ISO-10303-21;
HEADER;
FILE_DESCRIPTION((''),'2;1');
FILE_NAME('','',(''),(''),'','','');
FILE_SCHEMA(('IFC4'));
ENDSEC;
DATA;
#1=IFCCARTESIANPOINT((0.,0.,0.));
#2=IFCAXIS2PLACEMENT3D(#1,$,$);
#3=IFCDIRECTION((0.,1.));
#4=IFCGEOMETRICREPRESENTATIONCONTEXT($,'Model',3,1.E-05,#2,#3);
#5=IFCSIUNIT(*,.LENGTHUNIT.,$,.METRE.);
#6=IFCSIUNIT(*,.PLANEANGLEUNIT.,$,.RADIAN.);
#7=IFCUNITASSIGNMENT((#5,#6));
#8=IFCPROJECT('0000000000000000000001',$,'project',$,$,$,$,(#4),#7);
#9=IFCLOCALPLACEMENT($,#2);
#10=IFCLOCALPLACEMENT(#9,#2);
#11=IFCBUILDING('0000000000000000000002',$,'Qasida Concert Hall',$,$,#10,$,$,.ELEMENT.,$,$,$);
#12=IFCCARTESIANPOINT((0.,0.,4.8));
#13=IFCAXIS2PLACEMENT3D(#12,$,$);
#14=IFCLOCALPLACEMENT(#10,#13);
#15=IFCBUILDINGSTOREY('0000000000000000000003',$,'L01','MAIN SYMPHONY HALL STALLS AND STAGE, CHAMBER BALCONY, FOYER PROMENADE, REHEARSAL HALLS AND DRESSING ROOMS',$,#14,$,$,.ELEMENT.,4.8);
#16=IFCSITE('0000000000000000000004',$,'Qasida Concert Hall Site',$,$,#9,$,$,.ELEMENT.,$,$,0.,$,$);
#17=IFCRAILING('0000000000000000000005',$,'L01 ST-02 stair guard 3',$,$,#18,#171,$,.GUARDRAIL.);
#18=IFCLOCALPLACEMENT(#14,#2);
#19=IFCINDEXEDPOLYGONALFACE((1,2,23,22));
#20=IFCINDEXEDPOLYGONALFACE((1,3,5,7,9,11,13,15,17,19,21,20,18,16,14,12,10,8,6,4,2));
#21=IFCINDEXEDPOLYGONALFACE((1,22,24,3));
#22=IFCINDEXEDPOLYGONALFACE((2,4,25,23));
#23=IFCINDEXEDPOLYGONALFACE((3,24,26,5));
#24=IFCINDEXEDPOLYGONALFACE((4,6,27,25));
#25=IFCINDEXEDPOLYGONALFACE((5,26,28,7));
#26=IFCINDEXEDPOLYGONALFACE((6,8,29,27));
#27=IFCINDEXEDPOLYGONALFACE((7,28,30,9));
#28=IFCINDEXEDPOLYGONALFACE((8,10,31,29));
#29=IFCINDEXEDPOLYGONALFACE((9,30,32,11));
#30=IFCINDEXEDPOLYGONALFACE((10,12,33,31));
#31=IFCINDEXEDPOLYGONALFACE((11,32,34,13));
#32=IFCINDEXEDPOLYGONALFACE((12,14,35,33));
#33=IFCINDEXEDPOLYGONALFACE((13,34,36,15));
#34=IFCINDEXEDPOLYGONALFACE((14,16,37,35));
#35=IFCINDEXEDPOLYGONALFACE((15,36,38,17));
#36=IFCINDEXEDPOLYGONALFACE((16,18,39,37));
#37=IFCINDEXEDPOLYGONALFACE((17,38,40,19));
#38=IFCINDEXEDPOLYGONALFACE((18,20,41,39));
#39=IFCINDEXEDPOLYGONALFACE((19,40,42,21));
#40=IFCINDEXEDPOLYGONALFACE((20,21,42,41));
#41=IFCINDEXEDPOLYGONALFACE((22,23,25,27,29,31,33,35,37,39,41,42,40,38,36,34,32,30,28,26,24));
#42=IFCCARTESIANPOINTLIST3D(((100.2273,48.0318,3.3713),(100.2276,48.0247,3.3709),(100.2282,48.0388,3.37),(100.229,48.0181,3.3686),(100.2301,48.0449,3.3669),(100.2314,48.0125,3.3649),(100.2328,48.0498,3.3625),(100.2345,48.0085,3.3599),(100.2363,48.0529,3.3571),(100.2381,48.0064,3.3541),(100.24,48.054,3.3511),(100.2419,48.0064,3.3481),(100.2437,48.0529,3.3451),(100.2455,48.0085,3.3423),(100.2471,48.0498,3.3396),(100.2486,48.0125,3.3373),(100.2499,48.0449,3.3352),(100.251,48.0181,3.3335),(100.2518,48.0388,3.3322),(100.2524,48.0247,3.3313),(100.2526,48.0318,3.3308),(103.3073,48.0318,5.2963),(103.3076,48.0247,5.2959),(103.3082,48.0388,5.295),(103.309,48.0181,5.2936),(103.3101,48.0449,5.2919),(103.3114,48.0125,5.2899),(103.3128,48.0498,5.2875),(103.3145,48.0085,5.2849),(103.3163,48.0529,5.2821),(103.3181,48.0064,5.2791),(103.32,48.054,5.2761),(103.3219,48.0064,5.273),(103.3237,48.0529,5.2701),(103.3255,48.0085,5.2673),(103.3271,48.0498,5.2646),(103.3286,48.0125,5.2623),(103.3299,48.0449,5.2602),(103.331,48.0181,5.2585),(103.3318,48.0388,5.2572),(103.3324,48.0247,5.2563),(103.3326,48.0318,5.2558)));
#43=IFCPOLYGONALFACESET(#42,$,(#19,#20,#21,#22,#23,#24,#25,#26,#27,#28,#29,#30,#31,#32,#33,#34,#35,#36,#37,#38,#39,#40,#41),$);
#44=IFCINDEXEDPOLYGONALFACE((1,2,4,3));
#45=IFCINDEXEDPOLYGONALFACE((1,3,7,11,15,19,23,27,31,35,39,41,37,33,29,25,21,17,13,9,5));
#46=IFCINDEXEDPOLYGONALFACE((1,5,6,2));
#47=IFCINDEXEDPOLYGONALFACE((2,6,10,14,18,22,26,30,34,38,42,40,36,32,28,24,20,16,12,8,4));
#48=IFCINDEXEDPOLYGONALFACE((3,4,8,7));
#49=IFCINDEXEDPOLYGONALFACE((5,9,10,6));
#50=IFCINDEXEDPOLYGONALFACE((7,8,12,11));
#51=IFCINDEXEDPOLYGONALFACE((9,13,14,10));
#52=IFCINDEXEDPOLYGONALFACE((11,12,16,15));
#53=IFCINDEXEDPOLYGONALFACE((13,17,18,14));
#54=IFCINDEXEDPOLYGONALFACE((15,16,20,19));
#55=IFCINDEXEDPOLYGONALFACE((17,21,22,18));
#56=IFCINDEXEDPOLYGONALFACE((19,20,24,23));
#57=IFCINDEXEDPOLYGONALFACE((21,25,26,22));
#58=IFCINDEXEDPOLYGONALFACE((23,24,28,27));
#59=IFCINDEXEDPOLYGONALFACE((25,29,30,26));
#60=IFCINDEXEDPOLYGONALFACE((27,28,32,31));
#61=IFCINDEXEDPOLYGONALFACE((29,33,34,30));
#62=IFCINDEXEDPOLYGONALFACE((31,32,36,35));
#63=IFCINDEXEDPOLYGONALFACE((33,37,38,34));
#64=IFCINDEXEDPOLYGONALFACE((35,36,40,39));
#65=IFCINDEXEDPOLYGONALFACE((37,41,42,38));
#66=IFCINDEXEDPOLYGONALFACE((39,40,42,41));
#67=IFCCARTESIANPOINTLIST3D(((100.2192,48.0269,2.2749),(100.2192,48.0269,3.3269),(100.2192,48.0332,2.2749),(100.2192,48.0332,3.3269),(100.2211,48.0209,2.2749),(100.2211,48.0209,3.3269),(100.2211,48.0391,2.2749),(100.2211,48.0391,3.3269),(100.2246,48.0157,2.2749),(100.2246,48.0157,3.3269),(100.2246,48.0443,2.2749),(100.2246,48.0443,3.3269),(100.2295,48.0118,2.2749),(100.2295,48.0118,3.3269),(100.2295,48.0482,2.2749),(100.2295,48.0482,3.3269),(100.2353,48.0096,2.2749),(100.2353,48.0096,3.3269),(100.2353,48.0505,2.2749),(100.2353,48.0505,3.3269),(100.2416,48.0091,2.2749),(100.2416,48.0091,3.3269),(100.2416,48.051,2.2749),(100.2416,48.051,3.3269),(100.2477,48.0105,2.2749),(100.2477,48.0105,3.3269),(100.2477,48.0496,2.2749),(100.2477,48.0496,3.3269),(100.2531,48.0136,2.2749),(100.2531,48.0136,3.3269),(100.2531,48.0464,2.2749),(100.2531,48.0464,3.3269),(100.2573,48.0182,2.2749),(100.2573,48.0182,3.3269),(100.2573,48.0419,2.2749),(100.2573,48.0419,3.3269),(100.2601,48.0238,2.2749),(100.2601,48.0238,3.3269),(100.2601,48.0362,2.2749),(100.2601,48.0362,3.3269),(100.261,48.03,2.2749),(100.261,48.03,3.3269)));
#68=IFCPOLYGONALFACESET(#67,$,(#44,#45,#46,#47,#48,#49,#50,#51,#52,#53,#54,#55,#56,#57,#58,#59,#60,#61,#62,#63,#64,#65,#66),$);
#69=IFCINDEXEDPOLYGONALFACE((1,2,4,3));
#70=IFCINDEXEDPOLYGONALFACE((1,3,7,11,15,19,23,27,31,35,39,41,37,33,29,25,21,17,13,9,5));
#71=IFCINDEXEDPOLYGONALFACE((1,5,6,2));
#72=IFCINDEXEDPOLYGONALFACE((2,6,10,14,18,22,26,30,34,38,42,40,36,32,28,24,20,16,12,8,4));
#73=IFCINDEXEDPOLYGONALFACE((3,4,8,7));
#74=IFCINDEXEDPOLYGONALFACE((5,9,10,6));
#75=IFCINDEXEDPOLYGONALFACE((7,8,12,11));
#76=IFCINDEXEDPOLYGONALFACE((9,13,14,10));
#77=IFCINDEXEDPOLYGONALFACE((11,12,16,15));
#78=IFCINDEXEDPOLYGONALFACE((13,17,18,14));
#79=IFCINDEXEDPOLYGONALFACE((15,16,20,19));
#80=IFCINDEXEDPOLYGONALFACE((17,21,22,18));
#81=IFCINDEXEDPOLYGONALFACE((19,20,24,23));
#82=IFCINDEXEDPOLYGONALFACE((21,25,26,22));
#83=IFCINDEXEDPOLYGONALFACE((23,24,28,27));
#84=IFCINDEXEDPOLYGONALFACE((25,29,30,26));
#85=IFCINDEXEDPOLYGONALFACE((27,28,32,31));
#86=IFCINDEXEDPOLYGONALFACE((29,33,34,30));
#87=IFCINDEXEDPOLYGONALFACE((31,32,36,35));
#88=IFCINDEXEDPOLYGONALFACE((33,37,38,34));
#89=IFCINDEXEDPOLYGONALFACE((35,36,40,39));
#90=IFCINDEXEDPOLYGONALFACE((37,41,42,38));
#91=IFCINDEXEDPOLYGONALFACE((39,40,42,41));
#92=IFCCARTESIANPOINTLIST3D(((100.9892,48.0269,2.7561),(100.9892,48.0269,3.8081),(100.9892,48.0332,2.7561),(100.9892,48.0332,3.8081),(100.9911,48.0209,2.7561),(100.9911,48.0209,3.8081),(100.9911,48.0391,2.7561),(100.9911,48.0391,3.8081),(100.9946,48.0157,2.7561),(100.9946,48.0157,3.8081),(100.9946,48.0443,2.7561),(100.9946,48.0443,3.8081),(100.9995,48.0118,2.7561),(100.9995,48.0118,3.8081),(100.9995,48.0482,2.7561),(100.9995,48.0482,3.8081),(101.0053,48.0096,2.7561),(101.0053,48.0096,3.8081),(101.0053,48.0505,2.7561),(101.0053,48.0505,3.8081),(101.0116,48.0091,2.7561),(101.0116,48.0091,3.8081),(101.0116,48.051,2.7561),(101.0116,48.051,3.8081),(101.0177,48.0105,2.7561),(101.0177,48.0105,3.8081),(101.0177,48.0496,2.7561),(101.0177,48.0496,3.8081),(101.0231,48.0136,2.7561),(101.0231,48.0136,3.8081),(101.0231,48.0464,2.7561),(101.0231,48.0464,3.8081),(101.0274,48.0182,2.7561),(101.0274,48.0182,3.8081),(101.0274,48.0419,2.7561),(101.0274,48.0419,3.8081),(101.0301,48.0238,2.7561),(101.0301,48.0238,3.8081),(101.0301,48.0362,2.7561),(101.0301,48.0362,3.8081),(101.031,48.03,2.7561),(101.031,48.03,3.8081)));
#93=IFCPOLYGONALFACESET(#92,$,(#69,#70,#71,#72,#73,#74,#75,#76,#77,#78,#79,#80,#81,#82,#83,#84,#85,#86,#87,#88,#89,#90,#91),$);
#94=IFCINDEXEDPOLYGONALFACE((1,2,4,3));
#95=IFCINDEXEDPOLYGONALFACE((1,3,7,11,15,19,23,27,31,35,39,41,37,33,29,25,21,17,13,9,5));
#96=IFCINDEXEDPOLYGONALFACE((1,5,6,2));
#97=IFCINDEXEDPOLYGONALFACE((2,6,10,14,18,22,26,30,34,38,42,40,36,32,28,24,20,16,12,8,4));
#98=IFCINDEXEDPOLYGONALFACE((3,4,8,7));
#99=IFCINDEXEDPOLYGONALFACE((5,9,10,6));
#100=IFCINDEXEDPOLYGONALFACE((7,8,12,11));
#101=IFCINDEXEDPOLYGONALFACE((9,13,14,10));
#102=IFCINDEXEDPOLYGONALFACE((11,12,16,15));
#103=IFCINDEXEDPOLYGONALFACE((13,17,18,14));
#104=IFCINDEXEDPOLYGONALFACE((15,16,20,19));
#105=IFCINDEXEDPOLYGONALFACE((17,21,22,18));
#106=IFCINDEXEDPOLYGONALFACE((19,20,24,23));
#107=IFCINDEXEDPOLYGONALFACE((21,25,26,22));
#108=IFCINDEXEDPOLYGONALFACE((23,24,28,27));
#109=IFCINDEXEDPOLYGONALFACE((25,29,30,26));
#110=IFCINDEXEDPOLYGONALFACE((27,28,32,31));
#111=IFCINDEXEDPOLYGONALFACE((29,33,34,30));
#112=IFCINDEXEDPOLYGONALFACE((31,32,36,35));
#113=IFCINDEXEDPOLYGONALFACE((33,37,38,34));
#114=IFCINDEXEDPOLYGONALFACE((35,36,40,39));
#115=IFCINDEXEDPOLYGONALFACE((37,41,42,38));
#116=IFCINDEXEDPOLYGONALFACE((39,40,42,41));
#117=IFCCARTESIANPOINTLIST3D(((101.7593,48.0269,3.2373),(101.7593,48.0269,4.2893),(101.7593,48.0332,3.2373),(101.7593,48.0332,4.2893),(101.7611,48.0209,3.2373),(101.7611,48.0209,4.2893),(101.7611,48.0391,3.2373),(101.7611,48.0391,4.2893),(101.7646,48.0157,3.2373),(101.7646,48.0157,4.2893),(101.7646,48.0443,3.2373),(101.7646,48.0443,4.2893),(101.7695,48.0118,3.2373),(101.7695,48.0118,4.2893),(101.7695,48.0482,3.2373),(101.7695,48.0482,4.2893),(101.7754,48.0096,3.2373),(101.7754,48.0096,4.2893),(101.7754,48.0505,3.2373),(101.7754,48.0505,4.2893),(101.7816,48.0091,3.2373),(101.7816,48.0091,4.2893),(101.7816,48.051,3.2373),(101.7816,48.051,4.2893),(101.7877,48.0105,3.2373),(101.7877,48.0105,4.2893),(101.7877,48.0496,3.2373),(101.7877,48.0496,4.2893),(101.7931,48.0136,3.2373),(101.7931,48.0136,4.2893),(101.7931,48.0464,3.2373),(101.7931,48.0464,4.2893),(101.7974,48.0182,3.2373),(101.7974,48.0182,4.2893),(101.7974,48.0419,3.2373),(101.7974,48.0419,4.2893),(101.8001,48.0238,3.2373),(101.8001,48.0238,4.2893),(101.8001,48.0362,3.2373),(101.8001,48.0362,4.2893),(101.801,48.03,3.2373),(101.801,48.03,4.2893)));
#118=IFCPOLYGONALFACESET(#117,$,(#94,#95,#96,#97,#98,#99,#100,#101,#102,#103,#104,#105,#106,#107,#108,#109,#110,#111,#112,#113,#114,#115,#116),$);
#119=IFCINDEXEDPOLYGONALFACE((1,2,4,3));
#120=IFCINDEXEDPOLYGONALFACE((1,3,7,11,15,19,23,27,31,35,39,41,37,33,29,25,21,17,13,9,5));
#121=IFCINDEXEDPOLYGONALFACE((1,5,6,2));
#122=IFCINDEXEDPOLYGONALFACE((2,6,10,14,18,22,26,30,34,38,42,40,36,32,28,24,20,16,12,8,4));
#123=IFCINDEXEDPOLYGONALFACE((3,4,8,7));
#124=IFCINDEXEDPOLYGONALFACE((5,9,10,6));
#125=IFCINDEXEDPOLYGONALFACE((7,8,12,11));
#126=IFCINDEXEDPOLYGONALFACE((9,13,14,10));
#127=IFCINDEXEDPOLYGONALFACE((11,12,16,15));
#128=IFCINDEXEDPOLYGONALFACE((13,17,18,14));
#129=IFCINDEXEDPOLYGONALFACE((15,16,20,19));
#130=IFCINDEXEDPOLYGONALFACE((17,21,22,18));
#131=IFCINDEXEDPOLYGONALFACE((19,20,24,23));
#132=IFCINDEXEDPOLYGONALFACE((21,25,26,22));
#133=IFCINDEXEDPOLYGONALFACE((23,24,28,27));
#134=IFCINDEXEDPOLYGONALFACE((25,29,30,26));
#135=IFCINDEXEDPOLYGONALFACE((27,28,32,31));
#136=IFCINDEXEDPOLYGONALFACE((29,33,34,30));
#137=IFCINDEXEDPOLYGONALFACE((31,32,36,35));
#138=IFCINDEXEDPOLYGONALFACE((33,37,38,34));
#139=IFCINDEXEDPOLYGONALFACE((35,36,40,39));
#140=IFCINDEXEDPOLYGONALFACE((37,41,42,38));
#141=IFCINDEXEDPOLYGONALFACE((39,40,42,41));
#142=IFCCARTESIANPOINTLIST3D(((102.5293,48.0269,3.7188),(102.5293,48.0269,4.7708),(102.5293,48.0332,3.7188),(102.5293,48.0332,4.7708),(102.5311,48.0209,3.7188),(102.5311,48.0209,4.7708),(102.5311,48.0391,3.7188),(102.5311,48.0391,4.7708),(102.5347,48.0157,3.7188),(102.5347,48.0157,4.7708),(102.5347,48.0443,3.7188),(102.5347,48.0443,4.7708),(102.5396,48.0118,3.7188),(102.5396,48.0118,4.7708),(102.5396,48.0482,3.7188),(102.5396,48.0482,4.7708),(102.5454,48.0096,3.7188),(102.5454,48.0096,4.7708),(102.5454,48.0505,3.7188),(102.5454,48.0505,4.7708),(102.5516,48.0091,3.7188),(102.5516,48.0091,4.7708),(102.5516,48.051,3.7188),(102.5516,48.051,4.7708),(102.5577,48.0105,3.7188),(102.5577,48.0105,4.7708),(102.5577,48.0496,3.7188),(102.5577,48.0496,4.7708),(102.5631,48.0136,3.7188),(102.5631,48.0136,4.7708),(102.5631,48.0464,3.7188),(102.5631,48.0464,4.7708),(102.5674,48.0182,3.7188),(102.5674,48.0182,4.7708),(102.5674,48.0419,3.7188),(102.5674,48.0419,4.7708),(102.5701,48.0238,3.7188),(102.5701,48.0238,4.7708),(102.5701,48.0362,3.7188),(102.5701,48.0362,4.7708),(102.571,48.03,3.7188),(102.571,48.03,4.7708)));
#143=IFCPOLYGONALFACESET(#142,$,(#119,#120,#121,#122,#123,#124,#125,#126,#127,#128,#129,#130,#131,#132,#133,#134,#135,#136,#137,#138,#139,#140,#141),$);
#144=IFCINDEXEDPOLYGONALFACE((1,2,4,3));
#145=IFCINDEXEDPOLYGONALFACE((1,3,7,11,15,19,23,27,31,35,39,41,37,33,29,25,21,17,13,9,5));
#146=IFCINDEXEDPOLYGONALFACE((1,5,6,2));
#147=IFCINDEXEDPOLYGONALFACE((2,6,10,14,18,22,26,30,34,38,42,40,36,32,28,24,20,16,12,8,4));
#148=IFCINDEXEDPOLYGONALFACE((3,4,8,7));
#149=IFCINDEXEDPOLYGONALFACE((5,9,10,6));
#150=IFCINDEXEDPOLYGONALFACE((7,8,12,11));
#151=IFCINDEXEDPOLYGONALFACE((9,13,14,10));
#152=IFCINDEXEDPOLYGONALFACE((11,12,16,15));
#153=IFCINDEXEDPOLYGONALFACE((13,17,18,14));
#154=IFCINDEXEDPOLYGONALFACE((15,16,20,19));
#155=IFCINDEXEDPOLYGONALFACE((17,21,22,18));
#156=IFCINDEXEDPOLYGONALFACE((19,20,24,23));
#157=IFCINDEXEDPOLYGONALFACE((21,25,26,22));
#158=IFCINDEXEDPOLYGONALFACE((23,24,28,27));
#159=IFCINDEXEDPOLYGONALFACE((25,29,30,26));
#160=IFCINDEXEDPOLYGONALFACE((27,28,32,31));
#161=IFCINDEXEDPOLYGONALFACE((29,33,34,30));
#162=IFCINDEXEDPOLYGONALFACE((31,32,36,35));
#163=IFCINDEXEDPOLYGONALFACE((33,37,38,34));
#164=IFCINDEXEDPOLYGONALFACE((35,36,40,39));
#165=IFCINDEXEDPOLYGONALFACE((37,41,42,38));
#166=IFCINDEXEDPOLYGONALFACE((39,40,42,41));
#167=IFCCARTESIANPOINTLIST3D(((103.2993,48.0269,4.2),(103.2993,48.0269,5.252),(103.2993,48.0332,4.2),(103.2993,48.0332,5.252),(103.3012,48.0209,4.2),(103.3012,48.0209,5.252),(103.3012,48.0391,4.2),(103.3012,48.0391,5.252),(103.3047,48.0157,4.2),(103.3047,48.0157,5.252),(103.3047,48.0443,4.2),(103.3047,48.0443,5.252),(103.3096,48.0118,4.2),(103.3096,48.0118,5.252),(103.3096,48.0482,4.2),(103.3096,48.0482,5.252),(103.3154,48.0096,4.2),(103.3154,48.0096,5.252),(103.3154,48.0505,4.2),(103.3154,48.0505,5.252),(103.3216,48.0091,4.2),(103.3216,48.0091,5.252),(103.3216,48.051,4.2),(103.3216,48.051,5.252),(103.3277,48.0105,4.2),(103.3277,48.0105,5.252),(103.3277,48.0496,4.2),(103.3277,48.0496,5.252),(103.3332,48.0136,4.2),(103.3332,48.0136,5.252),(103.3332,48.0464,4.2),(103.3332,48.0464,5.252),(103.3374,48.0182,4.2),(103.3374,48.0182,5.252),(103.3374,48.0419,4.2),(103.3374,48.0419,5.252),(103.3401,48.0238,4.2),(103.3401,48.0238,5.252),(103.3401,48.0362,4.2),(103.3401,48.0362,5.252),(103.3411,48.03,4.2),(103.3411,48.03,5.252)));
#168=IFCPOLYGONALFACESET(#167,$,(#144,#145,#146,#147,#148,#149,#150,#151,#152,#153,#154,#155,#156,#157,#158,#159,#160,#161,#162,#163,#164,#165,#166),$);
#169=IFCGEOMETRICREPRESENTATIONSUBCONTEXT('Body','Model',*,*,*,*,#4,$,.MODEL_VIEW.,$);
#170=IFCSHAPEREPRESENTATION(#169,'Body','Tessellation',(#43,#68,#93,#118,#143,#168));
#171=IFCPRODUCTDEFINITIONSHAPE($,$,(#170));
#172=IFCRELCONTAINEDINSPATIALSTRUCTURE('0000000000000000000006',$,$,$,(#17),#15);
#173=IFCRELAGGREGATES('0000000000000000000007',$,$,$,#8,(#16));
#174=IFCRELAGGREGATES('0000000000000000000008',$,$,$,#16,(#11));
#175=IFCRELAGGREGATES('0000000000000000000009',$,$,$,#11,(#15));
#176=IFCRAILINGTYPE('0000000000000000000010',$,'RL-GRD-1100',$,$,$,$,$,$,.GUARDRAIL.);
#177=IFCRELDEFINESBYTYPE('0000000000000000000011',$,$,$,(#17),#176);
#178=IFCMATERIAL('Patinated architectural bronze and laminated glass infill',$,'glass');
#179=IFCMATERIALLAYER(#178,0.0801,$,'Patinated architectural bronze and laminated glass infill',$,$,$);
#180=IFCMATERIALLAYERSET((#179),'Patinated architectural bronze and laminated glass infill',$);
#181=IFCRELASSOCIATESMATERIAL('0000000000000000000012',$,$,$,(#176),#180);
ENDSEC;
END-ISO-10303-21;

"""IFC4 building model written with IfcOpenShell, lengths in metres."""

from ifc_helpers import new_model, si_unit, direction, frame, origin, origin_2d, place, context, subcontext, project, spatial, circle, extrude, material, layer, layer_set, type_object, element, save


model = new_model("IFC4")

# Units and contexts
model_context = context("Model", 3, precision=1e-05, world=origin(), true_north=direction((0.0, 1.0)))
body_context = subcontext(model_context, "Body", "Model", "MODEL_VIEW")
ifc_project = project(units=[si_unit("LENGTHUNIT", "METRE"), si_unit("PLANEANGLEUNIT", "RADIAN")], contexts=[model_context])

# Site, building, storey
site_placement = place(None, origin())
site = spatial("IfcSite", under=ifc_project, at=site_placement, Name="Qasida Concert Hall Site", CompositionType="ELEMENT", RefElevation=0.0)
building_placement = place(site_placement, origin())
building = spatial("IfcBuilding", under=site, at=building_placement, Name="Qasida Concert Hall", CompositionType="ELEMENT")
storey_placement = place(building_placement, frame((0.0, 0.0, 4.8)))
storey = spatial("IfcBuildingStorey", under=building, at=storey_placement, Name="L01", Description="MAIN SYMPHONY HALL STALLS AND STAGE, CHAMBER BALCONY, FOYER PROMENADE, REHEARSAL HALLS AND DRESSING ROOMS", CompositionType="ELEMENT", Elevation=4.8)

# Railing
ifc_material_1 = material(Name="Patinated architectural bronze and laminated glass infill", Category="glass")
ifc_layer_1 = layer(ifc_material_1, 0.0801, Name="Patinated architectural bronze and laminated glass infill")
ifc_layer_set_1 = layer_set([ifc_layer_1], Name="Patinated architectural bronze and laminated glass infill")
railing_type_1 = type_object("IfcRailingType", Name="RL-GRD-1100", PredefinedType="GUARDRAIL", material=ifc_layer_set_1)
railing_1_placement = place(storey_placement, frame((100.24, 48.03, 2.2749)))
element("IfcRailing", 1, at=railing_1_placement, inside=storey, type_object=railing_type_1, Name="L01 ST-02 stair guard 3", PredefinedType="GUARDRAIL", context=body_context, shape_type="SweptSolid", body=[
    extrude(circle(Radius=0.0239, at=origin_2d()), frame((0.0, 0.0, 1.0762), z_axis=(0.847998, 0.0, 0.529999), x_axis=(0.0, 1.0, 0.0)), (0.0, 0.0, 1.0), 3.6321),
    extrude(circle(Radius=0.021, at=origin_2d()), origin(), (0.0, 0.0, 1.0), 1.052),
    extrude(circle(Radius=0.021, at=origin_2d()), frame((0.77, 0.0, 0.4812)), (0.0, 0.0, 1.0), 1.052),
    extrude(circle(Radius=0.021, at=origin_2d()), frame((1.54, 0.0, 0.9624)), (0.0, 0.0, 1.0), 1.052),
    extrude(circle(Radius=0.021, at=origin_2d()), frame((2.3101, 0.0, 1.4438)), (0.0, 0.0, 1.0), 1.052),
    extrude(circle(Radius=0.021, at=origin_2d()), frame((3.0801, 0.0, 1.925)), (0.0, 0.0, 1.0), 1.052),
])

save(model, "model.ifc")
